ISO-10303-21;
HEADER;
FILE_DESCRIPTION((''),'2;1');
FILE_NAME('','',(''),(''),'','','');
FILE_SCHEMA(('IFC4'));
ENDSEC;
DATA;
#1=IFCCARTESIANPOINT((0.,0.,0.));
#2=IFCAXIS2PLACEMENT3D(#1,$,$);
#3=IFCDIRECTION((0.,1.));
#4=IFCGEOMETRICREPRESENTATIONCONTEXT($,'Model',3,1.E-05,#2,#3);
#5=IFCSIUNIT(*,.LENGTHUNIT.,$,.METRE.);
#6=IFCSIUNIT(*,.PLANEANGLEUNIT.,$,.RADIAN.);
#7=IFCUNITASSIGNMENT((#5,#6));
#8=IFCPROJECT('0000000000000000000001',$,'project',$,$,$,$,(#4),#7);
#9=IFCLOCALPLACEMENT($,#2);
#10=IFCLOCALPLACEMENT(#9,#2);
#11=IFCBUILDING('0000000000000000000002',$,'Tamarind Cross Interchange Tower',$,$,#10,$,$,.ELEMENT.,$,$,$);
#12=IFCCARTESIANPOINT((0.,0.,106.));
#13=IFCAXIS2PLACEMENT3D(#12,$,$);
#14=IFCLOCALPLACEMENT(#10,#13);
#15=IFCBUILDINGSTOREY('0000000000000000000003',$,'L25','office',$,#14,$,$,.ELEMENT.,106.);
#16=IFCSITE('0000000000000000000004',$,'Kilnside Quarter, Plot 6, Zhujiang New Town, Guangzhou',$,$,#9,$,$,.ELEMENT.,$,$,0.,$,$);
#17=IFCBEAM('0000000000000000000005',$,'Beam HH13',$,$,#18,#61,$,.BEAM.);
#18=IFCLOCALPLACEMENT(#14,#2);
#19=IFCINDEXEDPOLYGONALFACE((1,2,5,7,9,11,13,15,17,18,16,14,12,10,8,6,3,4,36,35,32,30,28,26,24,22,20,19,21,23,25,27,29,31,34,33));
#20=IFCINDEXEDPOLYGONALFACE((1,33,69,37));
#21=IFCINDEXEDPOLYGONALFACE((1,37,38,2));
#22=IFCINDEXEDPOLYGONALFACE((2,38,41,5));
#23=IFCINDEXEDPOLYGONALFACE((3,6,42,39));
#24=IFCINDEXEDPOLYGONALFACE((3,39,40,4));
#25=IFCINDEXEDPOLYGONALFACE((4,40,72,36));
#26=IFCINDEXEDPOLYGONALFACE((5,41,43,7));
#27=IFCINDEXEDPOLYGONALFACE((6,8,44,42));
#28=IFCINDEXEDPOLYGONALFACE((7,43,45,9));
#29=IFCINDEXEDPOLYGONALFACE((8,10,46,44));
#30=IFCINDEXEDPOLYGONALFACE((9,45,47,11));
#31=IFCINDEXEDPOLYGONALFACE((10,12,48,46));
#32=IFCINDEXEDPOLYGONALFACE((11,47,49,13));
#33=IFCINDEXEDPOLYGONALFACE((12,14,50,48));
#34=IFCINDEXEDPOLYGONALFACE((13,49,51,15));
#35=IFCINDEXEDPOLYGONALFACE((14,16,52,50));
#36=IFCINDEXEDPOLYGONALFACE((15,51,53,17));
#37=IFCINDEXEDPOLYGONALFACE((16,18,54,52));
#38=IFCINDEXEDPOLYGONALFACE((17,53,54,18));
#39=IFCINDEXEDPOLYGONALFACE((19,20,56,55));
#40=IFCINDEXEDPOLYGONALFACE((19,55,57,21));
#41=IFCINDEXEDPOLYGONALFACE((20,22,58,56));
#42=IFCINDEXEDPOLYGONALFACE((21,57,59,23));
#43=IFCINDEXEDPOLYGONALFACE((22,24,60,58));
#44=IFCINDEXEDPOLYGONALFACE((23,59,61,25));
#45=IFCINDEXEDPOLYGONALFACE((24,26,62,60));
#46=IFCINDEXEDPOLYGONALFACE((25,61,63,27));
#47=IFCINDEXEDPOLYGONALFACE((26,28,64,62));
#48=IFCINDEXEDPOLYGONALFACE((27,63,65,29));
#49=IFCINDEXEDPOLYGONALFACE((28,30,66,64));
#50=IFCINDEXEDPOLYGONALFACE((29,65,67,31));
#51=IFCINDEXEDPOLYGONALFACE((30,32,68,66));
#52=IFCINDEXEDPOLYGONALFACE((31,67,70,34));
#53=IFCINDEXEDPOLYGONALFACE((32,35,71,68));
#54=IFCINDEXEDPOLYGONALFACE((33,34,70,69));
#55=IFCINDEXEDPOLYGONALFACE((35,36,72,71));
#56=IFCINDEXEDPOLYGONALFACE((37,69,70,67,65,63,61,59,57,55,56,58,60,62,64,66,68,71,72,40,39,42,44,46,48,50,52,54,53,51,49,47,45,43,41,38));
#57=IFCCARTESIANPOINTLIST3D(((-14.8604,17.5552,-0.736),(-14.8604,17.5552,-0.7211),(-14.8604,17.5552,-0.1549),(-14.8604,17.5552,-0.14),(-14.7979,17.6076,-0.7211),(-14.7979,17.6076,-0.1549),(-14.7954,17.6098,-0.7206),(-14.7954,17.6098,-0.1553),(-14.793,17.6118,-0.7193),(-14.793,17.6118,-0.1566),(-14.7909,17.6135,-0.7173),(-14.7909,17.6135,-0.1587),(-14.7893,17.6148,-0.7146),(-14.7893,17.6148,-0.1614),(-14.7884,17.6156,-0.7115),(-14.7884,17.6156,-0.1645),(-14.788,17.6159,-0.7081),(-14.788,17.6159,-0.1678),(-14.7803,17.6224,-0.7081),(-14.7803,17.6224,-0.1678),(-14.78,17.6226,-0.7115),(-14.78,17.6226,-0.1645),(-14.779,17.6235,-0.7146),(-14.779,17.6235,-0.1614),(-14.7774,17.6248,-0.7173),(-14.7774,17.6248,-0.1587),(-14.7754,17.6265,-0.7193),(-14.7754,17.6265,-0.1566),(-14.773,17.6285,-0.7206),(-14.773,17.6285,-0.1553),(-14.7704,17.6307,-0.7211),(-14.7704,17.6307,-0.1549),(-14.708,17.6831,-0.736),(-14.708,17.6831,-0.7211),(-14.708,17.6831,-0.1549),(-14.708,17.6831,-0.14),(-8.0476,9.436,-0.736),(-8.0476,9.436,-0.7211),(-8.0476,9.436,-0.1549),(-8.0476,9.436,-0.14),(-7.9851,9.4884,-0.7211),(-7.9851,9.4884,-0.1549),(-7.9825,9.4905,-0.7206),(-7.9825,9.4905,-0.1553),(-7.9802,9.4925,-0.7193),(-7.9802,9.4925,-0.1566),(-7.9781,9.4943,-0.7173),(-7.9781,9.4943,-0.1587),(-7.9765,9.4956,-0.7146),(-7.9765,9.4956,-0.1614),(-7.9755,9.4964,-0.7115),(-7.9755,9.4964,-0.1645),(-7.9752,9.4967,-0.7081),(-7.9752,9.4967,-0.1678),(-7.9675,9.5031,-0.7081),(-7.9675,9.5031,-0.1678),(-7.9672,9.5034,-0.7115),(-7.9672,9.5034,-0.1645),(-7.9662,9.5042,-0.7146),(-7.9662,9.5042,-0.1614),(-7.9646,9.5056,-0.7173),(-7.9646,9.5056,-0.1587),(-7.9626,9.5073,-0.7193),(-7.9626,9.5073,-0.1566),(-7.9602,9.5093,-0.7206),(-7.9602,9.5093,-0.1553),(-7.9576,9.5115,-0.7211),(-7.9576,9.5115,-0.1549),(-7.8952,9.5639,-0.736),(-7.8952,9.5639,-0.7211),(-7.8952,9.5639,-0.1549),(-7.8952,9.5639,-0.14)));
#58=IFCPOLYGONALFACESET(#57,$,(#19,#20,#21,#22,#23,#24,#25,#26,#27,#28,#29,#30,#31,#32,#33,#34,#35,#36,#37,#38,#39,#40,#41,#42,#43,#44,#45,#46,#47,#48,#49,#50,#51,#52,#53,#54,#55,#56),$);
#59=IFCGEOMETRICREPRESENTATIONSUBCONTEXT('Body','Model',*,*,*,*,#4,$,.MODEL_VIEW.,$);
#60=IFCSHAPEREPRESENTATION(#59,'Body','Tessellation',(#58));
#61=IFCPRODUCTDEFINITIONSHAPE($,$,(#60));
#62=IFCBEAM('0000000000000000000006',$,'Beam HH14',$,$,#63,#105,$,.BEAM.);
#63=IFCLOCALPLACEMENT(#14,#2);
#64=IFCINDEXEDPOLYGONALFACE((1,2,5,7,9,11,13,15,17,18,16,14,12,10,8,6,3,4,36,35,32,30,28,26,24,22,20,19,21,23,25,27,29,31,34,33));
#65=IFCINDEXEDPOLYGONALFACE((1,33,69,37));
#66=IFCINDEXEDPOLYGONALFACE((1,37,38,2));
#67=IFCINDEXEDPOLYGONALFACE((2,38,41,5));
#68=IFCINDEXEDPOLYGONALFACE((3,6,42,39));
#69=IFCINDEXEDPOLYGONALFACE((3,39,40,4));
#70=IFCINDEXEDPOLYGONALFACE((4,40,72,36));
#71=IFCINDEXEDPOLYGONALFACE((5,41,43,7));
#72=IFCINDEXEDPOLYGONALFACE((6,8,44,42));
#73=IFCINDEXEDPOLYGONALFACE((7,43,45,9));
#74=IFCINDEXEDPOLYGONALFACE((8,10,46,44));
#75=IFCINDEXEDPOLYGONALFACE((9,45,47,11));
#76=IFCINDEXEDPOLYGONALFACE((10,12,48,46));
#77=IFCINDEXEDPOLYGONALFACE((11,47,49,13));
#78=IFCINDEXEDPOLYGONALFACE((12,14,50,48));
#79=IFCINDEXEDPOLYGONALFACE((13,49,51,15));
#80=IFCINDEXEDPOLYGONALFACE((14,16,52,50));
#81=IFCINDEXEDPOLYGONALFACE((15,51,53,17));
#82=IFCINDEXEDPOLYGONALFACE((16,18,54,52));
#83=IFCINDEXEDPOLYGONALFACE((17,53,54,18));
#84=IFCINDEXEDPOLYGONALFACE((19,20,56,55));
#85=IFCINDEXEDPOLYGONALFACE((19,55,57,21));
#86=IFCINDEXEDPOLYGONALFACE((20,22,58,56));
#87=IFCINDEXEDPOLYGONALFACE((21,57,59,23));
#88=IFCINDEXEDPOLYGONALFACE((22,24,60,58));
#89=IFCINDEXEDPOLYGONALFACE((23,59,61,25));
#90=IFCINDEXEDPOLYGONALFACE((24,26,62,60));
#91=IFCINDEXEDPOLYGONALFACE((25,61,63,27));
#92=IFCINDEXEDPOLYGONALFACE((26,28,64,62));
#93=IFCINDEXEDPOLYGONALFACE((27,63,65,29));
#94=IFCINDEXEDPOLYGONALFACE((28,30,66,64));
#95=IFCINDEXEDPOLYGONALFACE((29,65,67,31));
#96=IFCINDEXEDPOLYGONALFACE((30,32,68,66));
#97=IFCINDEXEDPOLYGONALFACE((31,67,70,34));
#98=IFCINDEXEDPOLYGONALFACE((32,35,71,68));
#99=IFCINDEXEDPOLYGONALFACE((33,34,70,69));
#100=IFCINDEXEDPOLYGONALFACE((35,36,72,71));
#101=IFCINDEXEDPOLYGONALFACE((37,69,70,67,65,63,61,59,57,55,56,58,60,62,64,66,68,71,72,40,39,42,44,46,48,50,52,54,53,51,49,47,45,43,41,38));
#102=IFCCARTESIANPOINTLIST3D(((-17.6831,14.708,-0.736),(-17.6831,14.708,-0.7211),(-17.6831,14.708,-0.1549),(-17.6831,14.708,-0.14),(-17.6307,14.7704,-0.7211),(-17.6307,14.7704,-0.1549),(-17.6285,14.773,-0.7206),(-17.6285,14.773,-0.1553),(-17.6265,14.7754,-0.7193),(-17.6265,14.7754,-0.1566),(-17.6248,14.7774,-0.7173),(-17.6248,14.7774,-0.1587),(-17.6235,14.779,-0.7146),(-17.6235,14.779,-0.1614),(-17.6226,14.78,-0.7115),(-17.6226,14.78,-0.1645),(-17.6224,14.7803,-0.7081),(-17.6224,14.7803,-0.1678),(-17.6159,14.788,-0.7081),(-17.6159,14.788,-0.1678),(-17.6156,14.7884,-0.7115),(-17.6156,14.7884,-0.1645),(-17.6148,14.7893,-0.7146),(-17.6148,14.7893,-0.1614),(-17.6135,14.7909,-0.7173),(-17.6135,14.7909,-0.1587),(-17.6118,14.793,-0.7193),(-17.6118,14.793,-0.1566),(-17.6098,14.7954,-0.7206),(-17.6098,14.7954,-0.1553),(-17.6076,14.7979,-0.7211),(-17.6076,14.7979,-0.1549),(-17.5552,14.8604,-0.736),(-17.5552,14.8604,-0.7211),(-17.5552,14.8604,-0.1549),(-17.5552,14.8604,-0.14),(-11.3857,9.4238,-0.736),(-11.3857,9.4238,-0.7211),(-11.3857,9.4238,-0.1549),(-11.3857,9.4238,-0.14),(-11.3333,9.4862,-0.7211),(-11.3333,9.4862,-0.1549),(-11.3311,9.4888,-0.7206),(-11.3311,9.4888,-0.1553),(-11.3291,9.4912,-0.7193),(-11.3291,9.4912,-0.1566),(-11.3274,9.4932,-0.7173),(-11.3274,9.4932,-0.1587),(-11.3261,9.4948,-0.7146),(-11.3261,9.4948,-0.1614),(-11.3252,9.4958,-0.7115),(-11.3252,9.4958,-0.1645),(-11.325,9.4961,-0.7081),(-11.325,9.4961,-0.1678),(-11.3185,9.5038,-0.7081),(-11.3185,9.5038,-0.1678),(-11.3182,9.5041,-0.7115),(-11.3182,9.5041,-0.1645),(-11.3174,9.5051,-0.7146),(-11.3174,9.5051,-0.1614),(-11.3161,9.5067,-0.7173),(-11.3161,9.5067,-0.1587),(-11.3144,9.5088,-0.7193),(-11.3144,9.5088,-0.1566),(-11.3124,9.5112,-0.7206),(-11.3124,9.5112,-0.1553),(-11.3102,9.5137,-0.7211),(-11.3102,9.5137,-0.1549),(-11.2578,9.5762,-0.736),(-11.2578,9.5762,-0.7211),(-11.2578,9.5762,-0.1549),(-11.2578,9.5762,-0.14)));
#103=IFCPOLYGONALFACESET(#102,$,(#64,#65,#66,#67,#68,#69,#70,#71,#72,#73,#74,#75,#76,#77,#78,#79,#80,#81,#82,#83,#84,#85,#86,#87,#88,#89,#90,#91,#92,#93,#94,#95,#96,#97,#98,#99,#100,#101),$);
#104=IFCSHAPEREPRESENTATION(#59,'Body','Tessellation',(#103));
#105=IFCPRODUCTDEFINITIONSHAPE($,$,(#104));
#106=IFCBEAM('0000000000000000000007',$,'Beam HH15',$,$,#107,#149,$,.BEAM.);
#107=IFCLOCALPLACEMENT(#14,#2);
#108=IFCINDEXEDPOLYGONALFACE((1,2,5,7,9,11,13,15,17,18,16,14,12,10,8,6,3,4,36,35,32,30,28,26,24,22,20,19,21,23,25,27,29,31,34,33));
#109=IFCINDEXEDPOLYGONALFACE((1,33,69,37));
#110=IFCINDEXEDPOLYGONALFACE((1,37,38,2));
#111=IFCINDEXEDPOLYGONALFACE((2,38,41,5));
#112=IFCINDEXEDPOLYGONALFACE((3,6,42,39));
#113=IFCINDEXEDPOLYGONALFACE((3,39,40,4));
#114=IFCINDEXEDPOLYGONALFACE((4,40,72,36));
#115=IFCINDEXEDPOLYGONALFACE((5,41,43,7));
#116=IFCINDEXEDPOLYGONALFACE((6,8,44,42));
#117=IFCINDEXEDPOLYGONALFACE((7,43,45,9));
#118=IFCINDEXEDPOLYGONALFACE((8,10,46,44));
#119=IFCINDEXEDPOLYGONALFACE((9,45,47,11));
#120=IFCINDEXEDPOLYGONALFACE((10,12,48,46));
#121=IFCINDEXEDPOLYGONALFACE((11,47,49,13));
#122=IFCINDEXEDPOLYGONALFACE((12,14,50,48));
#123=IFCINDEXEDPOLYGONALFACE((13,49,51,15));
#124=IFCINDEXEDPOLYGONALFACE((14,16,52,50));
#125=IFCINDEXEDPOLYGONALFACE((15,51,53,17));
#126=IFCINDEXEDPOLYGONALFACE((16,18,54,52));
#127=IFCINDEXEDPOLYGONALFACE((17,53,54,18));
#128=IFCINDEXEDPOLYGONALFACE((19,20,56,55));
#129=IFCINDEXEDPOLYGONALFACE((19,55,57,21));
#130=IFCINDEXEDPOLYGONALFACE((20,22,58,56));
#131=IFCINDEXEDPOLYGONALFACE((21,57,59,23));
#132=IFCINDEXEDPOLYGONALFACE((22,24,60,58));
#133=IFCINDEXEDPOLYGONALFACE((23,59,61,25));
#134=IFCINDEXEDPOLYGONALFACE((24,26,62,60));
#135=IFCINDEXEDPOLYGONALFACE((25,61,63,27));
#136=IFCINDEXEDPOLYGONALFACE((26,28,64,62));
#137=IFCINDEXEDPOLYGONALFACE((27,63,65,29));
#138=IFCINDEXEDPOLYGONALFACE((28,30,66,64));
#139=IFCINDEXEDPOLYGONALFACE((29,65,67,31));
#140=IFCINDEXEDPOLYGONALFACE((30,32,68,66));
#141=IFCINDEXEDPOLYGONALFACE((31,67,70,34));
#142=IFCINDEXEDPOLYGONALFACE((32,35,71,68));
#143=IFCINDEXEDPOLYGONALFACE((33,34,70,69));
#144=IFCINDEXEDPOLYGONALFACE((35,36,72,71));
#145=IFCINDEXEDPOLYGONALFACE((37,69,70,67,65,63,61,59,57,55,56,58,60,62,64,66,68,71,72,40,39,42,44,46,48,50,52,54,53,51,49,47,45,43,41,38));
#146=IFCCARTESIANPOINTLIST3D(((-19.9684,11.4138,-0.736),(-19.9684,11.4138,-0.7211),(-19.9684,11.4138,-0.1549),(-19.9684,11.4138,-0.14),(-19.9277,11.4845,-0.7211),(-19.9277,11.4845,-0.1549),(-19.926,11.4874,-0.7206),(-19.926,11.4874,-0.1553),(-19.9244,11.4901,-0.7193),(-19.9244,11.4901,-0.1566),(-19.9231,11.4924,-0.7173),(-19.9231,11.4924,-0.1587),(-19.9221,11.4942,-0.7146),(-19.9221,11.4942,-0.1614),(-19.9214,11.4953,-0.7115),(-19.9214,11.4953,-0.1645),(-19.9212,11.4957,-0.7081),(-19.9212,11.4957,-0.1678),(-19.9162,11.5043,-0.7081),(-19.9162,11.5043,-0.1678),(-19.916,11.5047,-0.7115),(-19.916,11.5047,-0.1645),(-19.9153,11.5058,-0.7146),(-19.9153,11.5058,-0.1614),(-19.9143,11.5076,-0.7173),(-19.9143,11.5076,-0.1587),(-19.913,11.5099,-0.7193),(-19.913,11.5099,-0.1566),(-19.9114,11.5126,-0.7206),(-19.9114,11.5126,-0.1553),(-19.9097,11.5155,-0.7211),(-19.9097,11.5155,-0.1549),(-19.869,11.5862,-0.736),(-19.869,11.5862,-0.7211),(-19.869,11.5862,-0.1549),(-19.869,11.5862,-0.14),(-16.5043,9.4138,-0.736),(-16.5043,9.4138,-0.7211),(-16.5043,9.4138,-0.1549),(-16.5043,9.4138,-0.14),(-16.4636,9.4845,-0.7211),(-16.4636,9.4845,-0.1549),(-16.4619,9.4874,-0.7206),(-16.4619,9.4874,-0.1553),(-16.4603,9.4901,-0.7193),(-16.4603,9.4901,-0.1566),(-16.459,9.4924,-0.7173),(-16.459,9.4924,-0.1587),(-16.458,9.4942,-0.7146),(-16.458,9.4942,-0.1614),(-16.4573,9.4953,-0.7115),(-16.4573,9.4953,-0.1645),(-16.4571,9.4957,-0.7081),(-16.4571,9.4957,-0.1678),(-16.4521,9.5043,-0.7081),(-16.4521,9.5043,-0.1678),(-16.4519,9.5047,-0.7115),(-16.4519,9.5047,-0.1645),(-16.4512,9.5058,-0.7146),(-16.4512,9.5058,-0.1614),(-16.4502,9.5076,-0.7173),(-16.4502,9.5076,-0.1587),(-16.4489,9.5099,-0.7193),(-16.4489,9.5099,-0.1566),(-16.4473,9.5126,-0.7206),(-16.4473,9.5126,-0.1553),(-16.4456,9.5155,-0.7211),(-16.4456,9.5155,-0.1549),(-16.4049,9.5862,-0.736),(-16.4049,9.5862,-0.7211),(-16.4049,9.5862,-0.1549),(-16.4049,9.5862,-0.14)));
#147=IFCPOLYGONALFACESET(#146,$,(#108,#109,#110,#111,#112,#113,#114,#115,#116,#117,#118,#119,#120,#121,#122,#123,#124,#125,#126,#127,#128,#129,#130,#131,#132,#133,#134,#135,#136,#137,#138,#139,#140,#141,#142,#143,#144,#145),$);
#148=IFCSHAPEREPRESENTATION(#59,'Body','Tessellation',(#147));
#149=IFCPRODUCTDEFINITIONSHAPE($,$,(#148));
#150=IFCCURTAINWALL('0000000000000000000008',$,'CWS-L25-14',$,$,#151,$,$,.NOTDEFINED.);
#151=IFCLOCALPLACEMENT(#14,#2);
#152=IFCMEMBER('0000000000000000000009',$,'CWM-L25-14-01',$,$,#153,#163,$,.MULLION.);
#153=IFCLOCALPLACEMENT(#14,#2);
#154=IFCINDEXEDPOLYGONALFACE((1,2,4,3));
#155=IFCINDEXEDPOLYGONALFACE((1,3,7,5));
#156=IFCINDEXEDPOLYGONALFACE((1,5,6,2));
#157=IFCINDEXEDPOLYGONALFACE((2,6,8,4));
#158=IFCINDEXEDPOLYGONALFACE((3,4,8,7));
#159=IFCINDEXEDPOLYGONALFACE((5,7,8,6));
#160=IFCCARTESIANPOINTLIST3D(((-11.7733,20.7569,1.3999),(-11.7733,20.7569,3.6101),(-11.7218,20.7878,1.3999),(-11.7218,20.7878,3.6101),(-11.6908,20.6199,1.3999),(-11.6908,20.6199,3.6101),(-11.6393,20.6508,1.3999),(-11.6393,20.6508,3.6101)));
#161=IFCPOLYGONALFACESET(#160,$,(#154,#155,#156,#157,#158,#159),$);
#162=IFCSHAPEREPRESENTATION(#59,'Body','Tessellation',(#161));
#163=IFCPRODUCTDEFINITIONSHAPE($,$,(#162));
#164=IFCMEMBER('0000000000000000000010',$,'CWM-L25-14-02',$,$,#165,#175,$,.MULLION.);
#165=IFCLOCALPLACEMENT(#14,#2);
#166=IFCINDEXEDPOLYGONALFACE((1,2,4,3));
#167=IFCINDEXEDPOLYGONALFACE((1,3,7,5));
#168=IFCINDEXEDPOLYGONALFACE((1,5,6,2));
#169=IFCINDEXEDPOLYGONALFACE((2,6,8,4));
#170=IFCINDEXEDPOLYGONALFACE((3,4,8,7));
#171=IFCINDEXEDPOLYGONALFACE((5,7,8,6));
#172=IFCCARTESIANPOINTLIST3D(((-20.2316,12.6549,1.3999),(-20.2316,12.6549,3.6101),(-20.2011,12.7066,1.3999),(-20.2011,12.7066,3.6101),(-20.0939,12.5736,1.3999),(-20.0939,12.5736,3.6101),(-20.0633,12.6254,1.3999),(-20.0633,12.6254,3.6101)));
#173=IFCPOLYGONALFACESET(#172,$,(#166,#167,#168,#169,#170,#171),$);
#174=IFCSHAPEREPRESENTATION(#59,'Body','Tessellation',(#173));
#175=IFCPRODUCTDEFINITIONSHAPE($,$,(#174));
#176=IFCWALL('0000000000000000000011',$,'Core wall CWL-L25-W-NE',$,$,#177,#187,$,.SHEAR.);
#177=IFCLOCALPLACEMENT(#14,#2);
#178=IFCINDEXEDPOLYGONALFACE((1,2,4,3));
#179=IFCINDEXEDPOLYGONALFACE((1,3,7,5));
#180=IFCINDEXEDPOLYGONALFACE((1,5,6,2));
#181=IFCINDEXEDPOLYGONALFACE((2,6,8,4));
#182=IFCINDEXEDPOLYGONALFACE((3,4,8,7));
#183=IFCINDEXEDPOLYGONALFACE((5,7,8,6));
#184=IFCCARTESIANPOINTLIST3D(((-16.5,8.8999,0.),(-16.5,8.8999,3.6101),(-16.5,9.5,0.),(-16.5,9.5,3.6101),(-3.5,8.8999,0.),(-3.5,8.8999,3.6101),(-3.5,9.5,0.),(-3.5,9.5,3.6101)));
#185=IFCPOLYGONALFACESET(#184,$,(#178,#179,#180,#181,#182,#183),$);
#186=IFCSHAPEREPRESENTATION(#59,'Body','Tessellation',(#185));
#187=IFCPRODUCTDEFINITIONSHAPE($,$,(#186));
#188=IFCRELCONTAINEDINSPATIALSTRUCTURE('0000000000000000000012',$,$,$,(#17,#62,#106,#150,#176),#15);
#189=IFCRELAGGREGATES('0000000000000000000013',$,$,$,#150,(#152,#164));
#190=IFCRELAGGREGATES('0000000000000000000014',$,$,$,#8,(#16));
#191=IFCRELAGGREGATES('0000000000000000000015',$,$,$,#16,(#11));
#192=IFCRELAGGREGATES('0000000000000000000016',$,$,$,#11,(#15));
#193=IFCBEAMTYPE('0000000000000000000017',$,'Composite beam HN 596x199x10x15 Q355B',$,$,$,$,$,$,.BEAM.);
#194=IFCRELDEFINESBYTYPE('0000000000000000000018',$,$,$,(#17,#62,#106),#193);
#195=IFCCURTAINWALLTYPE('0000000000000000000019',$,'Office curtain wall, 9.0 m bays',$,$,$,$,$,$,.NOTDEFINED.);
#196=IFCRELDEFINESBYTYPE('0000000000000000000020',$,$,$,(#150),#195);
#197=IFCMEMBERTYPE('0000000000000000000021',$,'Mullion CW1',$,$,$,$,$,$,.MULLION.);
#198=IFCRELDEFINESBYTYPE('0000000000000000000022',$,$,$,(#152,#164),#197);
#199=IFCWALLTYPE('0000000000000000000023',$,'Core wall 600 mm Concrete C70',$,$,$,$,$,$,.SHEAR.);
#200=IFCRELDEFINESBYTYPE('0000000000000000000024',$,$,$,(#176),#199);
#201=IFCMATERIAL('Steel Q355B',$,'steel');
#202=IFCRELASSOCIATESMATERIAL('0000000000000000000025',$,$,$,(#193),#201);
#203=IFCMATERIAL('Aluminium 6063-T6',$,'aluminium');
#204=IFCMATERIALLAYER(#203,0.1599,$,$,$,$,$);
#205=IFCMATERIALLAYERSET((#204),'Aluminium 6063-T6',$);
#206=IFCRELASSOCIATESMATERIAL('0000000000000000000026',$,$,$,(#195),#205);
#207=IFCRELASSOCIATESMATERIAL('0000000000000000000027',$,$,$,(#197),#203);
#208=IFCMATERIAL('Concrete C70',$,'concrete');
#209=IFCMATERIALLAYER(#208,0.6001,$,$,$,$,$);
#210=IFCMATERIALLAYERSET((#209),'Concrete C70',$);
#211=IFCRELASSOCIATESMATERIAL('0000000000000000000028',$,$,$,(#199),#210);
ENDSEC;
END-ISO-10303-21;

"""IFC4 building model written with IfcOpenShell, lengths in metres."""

from ifc_helpers import new_model, si_unit, direction, frame, frame_2d, origin, origin_2d, place, context, subcontext, project, spatial, rectangle, i_section, extrude, material, layer, layer_set, material_profile, profile_set, type_object, element, aggregate, save


model = new_model("IFC4")

# Units and contexts
model_context = context("Model", 3, precision=1e-05, world=origin(), true_north=direction((0.0, 1.0)))
body_context = subcontext(model_context, "Body", "Model", "MODEL_VIEW")
ifc_project = project(units=[si_unit("LENGTHUNIT", "METRE"), si_unit("PLANEANGLEUNIT", "RADIAN")], contexts=[model_context])

# Site, building, storey
site_placement = place(None, origin())
site = spatial("IfcSite", under=ifc_project, at=site_placement, Name="Kilnside Quarter, Plot 6, Zhujiang New Town, Guangzhou", CompositionType="ELEMENT", RefElevation=0.0)
building_placement = place(site_placement, origin())
building = spatial("IfcBuilding", under=site, at=building_placement, Name="Tamarind Cross Interchange Tower", CompositionType="ELEMENT")
storey_placement = place(building_placement, frame((0.0, 0.0, 106.0)))
storey = spatial("IfcBuildingStorey", under=building, at=storey_placement, Name="L25", Description="office", CompositionType="ELEMENT", Elevation=106.0)

# Beams
ifc_material_1 = material(Name="Steel Q355B", Category="steel")
ifc_material_profile_1 = material_profile(ifc_material_1, i_section(OverallWidth=0.199, OverallDepth=0.5959, WebThickness=0.01, FlangeThickness=0.0149, FilletRadius=0.0129, at=origin_2d()), Name="HN 596x199x10x15")
ifc_profile_set_1 = profile_set([ifc_material_profile_1], Name="Steel Q355B")
beam_type = type_object("IfcBeamType", Name="Composite beam HN 596x199x10x15 Q355B", PredefinedType="BEAM", material=ifc_profile_set_1)
beam_1_placement = place(storey_placement, frame((-14.7842, 17.6191, -0.438), z_axis=(0.642786, -0.766046, 0.0), x_axis=(0.766046, 0.642786, 0.0)))
element("IfcBeam", 1, at=beam_1_placement, inside=storey, type_object=beam_type, Name="Beam HH13", PredefinedType="BEAM", context=body_context, shape_type="SweptSolid", body=[
    extrude(i_section(OverallWidth=0.199, OverallDepth=0.5959, WebThickness=0.01, FlangeThickness=0.0149, FilletRadius=0.0129, at=origin_2d()), origin(), (0.0, 0.0, 1.0), 10.5989),
])
beam_2_placement = place(storey_placement, frame((-17.6191, 14.7842, -0.438), z_axis=(0.766041, -0.642792, 0.0), x_axis=(0.642792, 0.766041, 0.0)))
element("IfcBeam", 2, at=beam_2_placement, inside=storey, type_object=beam_type, Name="Beam HH14", PredefinedType="BEAM", context=body_context, shape_type="SweptSolid", body=[
    extrude(i_section(OverallWidth=0.199, OverallDepth=0.5959, WebThickness=0.01, FlangeThickness=0.0149, FilletRadius=0.0129, at=origin_2d()), origin(), (0.0, 0.0, 1.0), 8.2207),
])
beam_3_placement = place(storey_placement, frame((-19.9187, 11.5, -0.438), z_axis=(0.866026, -0.499999, 0.0), x_axis=(0.499999, 0.866026, 0.0)))
element("IfcBeam", 3, at=beam_3_placement, inside=storey, type_object=beam_type, Name="Beam HH15", PredefinedType="BEAM", context=body_context, shape_type="SweptSolid", body=[
    extrude(i_section(OverallWidth=0.199, OverallDepth=0.5959, WebThickness=0.01, FlangeThickness=0.0149, FilletRadius=0.0129, at=origin_2d()), origin(), (0.0, 0.0, 1.0), 4.0),
])

# Curtain wall, members
ifc_material_2 = material(Name="Aluminium 6063-T6", Category="aluminium")
ifc_layer_1 = layer(ifc_material_2, 0.1599)
ifc_layer_set_1 = layer_set([ifc_layer_1], Name="Aluminium 6063-T6")
curtain_wall_type = type_object("IfcCurtainWallType", Name="Office curtain wall, 9.0 m bays", PredefinedType="NOTDEFINED", material=ifc_layer_set_1)
curtain_wall_placement = place(storey_placement, origin())
curtain_wall = element("IfcCurtainWall", 4, at=curtain_wall_placement, inside=storey, type_object=curtain_wall_type, Name="CWS-L25-14", PredefinedType="NOTDEFINED")
ifc_material_profile_2 = material_profile(ifc_material_2, rectangle(XDim=0.0601, YDim=0.1599, at=origin_2d()), Name="Mullion CW1")
ifc_profile_set_2 = profile_set([ifc_material_profile_2], Name="Aluminium 6063-T6")
member_type = type_object("IfcMemberType", Name="Mullion CW1", PredefinedType="MULLION", material=ifc_profile_set_2)
member_1_placement = place(storey_placement, frame((-11.7063, 20.7039, 1.3999), z_axis=(0.0, 0.0, 1.0), x_axis=(-0.856843, -0.515577, 0.0)))
member_1 = element("IfcMember", 5, at=member_1_placement, type_object=member_type, Name="CWM-L25-14-01", PredefinedType="MULLION", context=body_context, shape_type="SweptSolid", body=[
    extrude(rectangle(XDim=0.0601, YDim=0.1599, at=origin_2d()), origin(), (0.0, 0.0, 1.0), 2.2102),
])
member_2_placement = place(storey_placement, frame((-20.1475, 12.6401, 1.3999), z_axis=(0.0, 0.0, 1.0), x_axis=(-0.508183, -0.861249, 0.0)))
member_2 = element("IfcMember", 6, at=member_2_placement, type_object=member_type, Name="CWM-L25-14-02", PredefinedType="MULLION", context=body_context, shape_type="SweptSolid", body=[
    extrude(rectangle(XDim=0.0601, YDim=0.1599, at=origin_2d()), origin(), (0.0, 0.0, 1.0), 2.2102),
])
aggregate(curtain_wall, [member_1, member_2])

# Wall
ifc_material_3 = material(Name="Concrete C70", Category="concrete")
ifc_layer_2 = layer(ifc_material_3, 0.6001)
ifc_layer_set_2 = layer_set([ifc_layer_2], Name="Concrete C70")
wall_type_1 = type_object("IfcWallType", Name="Core wall 600 mm Concrete C70", PredefinedType="SHEAR", material=ifc_layer_set_2)
wall_1_placement = place(storey_placement, frame((-16.5, 9.2, 0.0), z_axis=(0.0, 0.0, 1.0), x_axis=(1.0, 0.0, 0.0)))
element("IfcWall", 7, at=wall_1_placement, inside=storey, type_object=wall_type_1, Name="Core wall CWL-L25-W-NE", PredefinedType="SHEAR", context=body_context, shape_type="SweptSolid", body=[
    extrude(rectangle(XDim=13.0, YDim=0.6001, at=frame_2d((6.5, 0.0))), origin(), (0.0, 0.0, 1.0), 3.6101),
])

save(model, "model.ifc")
